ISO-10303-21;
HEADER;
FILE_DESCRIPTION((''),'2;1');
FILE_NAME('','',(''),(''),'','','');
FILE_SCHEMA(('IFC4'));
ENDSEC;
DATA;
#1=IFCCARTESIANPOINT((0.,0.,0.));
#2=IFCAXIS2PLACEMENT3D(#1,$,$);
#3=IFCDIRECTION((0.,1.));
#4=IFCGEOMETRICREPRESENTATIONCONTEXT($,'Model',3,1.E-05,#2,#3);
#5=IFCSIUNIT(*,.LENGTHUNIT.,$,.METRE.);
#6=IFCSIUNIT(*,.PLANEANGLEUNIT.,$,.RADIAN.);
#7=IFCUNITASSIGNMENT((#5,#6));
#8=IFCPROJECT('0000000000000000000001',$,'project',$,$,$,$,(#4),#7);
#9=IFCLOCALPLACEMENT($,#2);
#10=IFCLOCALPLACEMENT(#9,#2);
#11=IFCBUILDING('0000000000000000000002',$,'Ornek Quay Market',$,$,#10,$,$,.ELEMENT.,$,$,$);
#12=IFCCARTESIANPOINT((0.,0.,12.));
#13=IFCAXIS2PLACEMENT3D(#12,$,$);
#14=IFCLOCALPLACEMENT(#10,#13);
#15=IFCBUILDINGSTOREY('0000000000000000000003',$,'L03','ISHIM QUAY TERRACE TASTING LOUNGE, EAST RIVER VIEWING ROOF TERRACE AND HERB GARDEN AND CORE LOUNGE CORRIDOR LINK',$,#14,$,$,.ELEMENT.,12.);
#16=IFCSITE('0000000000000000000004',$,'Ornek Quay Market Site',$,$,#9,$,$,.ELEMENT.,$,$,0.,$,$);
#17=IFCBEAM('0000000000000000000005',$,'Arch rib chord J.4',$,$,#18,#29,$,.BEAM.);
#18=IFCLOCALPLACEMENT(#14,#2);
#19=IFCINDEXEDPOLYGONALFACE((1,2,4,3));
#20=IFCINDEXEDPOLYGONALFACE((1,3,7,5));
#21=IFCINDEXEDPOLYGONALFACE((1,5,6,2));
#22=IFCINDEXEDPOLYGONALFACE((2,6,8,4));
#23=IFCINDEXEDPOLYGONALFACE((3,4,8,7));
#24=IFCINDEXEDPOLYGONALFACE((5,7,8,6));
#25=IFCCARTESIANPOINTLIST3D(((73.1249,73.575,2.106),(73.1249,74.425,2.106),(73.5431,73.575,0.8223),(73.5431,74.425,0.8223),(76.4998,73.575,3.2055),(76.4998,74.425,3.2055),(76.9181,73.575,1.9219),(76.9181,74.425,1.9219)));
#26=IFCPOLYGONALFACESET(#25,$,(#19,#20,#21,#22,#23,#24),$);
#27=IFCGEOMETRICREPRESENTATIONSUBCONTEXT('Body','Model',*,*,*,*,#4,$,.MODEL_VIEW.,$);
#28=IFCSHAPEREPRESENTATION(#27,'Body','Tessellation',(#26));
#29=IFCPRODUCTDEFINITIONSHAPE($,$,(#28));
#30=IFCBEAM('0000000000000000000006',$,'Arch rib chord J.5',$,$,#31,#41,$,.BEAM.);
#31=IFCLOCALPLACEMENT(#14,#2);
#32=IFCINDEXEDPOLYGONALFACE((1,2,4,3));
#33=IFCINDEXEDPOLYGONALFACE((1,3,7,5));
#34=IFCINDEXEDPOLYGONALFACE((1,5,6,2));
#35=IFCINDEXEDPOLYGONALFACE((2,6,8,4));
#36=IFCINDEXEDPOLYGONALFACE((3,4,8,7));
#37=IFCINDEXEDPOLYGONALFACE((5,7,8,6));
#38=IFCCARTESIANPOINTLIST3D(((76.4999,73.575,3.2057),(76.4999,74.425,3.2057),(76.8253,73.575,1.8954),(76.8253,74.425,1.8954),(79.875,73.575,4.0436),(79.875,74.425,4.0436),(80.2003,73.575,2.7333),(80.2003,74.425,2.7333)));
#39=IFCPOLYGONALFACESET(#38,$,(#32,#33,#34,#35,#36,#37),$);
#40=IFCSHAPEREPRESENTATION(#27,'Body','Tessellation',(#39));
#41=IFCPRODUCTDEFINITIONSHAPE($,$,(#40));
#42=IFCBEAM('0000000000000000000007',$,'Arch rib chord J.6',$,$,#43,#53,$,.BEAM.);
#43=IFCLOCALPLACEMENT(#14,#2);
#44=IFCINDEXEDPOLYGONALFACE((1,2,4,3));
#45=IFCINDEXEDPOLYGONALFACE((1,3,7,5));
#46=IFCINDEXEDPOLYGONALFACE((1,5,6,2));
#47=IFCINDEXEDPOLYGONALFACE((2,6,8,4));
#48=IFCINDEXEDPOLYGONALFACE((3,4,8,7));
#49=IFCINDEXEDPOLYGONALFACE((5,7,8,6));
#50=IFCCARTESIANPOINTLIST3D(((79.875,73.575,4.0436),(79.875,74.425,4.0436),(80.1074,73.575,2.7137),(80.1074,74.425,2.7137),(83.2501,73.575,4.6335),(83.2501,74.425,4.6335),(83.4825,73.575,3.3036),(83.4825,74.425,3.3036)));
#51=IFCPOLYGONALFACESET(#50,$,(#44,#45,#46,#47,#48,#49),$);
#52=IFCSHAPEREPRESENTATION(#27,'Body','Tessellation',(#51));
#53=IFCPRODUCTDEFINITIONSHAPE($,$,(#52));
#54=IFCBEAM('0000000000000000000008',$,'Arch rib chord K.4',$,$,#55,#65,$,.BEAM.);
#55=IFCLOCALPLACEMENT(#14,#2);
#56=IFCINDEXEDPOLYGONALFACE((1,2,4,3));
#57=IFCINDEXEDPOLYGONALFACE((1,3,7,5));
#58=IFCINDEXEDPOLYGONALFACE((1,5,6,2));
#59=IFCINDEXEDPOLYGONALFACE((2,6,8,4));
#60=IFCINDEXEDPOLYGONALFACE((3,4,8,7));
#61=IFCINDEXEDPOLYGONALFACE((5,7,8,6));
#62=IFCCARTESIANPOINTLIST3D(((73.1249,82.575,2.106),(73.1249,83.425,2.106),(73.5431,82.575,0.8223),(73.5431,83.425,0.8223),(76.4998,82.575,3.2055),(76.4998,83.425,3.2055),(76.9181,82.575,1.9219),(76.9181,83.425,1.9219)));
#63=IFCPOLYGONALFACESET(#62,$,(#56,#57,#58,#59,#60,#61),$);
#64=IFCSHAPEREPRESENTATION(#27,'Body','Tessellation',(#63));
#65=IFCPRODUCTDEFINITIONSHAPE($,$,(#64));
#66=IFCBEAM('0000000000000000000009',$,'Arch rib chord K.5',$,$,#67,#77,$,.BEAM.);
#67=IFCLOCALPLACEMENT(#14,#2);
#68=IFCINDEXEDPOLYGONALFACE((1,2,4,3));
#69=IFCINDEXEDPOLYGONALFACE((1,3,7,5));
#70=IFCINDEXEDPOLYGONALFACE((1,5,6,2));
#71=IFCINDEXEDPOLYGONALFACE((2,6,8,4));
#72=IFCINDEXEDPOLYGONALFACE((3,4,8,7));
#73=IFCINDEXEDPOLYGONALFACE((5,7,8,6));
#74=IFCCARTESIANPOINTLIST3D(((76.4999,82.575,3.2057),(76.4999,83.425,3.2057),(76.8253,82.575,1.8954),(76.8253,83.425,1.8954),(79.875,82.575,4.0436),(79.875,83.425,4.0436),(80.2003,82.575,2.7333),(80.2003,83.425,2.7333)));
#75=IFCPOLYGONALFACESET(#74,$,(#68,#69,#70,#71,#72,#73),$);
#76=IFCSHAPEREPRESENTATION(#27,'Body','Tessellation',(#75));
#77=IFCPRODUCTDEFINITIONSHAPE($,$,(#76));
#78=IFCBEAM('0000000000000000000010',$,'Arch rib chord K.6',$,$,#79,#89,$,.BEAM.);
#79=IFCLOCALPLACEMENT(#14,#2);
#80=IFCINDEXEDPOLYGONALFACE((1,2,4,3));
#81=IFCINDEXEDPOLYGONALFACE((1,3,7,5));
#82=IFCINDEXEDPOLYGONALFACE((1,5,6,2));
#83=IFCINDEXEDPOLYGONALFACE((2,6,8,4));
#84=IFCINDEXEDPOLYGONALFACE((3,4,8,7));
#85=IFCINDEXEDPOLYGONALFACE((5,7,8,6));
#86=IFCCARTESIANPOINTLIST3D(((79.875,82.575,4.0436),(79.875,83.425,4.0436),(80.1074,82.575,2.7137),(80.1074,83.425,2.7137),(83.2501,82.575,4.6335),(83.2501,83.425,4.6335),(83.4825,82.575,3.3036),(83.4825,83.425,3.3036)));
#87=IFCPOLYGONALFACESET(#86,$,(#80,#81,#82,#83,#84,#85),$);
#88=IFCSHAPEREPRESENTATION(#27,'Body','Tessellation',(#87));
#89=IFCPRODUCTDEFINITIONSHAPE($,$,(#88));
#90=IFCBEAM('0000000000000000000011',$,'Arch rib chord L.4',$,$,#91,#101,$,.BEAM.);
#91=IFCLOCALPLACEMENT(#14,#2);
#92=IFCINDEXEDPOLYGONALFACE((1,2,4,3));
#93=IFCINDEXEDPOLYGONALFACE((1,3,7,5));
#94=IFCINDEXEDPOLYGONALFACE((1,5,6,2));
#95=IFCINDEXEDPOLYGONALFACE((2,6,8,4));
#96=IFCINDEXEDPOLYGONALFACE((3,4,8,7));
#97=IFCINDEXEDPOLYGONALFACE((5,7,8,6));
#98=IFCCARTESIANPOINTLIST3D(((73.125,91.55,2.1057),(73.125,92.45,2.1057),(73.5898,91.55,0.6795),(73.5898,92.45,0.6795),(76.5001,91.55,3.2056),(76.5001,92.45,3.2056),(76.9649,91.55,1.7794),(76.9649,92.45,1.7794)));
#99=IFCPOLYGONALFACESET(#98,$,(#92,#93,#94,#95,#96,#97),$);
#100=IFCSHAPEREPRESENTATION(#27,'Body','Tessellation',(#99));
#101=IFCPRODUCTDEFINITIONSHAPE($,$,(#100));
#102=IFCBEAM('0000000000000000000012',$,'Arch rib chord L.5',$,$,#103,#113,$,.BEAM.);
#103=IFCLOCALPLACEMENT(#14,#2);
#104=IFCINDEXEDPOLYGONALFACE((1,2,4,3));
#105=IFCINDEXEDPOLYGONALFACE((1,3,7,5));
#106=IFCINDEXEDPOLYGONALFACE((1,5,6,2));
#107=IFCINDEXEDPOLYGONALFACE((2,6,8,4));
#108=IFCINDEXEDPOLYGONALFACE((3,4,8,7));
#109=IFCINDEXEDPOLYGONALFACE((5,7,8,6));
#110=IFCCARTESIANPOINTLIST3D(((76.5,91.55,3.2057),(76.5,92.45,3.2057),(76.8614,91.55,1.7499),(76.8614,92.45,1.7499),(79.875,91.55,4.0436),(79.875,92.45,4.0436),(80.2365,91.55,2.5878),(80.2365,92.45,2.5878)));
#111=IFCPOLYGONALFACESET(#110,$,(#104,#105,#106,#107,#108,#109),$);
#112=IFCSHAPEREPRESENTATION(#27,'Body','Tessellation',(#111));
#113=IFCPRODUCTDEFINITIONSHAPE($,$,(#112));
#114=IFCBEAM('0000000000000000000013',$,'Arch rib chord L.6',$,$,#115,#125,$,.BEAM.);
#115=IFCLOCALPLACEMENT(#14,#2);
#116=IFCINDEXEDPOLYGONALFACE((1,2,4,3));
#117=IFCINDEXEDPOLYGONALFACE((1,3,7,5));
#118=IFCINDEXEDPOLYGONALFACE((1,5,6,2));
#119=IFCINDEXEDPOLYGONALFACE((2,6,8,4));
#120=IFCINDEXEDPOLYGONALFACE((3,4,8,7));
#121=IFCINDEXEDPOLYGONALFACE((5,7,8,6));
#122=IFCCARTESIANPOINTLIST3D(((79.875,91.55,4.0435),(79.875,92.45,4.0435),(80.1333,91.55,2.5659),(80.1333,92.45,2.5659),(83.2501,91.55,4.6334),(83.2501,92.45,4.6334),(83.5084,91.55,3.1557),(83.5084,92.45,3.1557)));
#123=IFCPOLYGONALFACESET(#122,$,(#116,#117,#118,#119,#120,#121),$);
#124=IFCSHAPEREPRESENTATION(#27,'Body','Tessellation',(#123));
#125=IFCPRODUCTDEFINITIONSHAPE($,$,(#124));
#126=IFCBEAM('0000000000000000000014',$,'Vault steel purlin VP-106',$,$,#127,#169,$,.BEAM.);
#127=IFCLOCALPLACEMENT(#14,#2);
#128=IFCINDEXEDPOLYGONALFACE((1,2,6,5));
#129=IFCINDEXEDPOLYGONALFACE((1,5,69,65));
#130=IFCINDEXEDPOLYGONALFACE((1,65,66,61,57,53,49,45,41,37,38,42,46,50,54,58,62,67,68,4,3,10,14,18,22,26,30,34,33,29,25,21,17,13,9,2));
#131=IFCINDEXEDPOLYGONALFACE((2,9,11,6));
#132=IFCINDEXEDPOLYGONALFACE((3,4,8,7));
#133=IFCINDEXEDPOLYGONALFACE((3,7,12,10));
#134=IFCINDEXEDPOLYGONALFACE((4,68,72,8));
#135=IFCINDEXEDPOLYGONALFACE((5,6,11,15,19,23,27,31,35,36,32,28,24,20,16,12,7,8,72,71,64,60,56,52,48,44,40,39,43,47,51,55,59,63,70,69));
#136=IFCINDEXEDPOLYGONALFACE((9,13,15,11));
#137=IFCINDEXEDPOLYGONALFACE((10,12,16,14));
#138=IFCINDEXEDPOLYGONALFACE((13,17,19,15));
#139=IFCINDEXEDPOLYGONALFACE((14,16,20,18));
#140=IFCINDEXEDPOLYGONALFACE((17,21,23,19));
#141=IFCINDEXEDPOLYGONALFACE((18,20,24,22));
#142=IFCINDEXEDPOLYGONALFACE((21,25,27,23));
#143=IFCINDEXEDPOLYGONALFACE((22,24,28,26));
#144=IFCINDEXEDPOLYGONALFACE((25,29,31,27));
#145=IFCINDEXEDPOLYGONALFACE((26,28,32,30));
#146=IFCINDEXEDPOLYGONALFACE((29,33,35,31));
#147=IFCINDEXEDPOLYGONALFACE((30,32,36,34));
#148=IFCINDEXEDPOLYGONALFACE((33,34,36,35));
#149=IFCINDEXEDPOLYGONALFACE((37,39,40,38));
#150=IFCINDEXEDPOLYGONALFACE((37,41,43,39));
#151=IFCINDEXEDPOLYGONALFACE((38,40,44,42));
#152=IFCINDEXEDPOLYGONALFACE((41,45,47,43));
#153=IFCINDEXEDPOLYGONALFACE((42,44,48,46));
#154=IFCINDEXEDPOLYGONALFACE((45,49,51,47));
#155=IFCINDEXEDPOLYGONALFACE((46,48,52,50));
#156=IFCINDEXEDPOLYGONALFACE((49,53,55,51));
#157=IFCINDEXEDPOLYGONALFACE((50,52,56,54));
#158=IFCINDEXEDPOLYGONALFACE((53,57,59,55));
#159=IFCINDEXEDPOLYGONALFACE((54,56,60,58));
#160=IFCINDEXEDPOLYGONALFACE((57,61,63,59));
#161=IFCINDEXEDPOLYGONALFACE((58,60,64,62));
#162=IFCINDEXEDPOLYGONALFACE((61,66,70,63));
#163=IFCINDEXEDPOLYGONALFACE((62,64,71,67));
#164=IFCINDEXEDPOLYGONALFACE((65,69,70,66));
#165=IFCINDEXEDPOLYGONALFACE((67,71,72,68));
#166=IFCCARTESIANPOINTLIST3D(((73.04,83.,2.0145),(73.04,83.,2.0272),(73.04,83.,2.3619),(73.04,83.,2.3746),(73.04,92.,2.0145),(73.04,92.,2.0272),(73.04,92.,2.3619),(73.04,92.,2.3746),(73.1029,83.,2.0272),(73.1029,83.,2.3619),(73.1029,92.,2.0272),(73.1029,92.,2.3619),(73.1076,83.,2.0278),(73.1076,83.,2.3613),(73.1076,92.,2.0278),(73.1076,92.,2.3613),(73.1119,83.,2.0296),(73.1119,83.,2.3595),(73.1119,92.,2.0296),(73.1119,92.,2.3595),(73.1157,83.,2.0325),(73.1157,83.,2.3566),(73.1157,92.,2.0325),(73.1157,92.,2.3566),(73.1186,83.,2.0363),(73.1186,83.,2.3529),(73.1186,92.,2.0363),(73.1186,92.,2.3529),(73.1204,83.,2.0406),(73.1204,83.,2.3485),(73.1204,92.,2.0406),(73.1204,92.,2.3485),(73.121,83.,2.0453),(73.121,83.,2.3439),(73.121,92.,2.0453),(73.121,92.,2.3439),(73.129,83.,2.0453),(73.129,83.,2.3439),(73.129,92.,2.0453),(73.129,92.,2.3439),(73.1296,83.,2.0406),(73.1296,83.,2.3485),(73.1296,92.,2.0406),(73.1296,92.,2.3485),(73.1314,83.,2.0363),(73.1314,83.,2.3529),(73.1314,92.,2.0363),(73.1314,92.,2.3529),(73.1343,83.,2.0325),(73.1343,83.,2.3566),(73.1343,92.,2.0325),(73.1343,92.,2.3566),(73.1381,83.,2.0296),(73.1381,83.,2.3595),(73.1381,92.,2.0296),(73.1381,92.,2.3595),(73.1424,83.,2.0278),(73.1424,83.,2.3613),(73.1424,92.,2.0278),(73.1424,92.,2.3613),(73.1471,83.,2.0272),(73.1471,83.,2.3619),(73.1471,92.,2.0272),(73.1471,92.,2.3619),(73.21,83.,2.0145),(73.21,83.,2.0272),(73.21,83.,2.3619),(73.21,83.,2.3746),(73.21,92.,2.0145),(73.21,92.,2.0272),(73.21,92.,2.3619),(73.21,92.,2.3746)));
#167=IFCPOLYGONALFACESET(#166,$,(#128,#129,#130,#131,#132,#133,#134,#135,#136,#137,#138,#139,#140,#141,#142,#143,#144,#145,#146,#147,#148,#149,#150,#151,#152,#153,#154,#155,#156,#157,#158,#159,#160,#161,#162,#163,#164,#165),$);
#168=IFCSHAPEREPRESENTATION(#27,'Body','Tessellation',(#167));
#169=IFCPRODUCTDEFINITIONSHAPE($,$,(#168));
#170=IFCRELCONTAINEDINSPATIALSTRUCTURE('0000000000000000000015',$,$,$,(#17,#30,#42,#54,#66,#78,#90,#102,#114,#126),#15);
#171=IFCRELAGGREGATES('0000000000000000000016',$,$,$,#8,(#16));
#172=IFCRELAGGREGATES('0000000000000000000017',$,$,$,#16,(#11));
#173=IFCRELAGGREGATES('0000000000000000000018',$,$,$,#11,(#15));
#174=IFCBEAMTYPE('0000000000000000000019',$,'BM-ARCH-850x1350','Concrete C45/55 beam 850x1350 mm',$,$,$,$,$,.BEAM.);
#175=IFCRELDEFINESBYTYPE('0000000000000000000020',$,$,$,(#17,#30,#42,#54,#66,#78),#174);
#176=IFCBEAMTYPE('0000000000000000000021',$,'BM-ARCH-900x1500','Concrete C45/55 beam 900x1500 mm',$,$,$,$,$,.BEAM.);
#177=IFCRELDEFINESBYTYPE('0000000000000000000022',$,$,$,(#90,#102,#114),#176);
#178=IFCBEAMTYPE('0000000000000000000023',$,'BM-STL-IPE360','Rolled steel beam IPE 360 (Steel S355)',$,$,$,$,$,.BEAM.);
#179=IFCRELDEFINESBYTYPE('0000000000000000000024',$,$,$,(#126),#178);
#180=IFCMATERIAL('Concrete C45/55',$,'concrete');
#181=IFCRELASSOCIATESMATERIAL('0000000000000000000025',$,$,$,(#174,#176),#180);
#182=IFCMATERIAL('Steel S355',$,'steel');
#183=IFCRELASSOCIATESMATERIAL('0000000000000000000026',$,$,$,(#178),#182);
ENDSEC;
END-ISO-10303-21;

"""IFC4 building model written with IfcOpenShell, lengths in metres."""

from ifc_helpers import new_model, si_unit, direction, frame, origin, origin_2d, place, context, subcontext, project, spatial, rectangle, i_section, extrude, material, material_profile, profile_set, type_object, element, save


model = new_model("IFC4")

# Units and contexts
model_context = context("Model", 3, precision=1e-05, world=origin(), true_north=direction((0.0, 1.0)))
body_context = subcontext(model_context, "Body", "Model", "MODEL_VIEW")
ifc_project = project(units=[si_unit("LENGTHUNIT", "METRE"), si_unit("PLANEANGLEUNIT", "RADIAN")], contexts=[model_context])

# Site, building, storey
site_placement = place(None, origin())
site = spatial("IfcSite", under=ifc_project, at=site_placement, Name="Ornek Quay Market Site", CompositionType="ELEMENT", RefElevation=0.0)
building_placement = place(site_placement, origin())
building = spatial("IfcBuilding", under=site, at=building_placement, Name="Ornek Quay Market", CompositionType="ELEMENT")
storey_placement = place(building_placement, frame((0.0, 0.0, 12.0)))
storey = spatial("IfcBuildingStorey", under=building, at=storey_placement, Name="L03", Description="ISHIM QUAY TERRACE TASTING LOUNGE, EAST RIVER VIEWING ROOF TERRACE AND HERB GARDEN AND CORE LOUNGE CORRIDOR LINK", CompositionType="ELEMENT", Elevation=12.0)

# Beams
ifc_material_1 = material(Name="Concrete C45/55", Category="concrete")
ifc_material_profile_1 = material_profile(ifc_material_1, rectangle(XDim=0.8501, YDim=1.3501, at=origin_2d()), Name="RC 850x1350", Category="concrete")
ifc_profile_set_1 = profile_set([ifc_material_profile_1], Name="Concrete C45/55")
beam_type_1 = type_object("IfcBeamType", Name="BM-ARCH-850x1350", Description="Concrete C45/55 beam 850x1350 mm", PredefinedType="BEAM", material=ifc_profile_set_1)
beam_1_placement = place(storey_placement, frame((73.334, 74.0, 1.4641), z_axis=(0.950807, 0.0, 0.309783), x_axis=(0.0, 1.0, 0.0)))
element("IfcBeam", 1, at=beam_1_placement, inside=storey, type_object=beam_type_1, Name="Arch rib chord J.4", PredefinedType="BEAM", context=body_context, shape_type="SweptSolid", body=[
    extrude(rectangle(XDim=0.8501, YDim=1.3501, at=origin_2d()), origin(), (0.0, 0.0, 1.0), 3.5496),
])
beam_2_placement = place(storey_placement, frame((76.6626, 74.0, 2.5505), z_axis=(0.970538, 0.0, 0.240949), x_axis=(0.0, 1.0, 0.0)))
element("IfcBeam", 2, at=beam_2_placement, inside=storey, type_object=beam_type_1, Name="Arch rib chord J.5", PredefinedType="BEAM", context=body_context, shape_type="SweptSolid", body=[
    extrude(rectangle(XDim=0.8501, YDim=1.3501, at=origin_2d()), origin(), (0.0, 0.0, 1.0), 3.4775),
])
beam_3_placement = place(storey_placement, frame((79.9912, 74.0, 3.3787), z_axis=(0.985069, 0.0, 0.172159), x_axis=(0.0, 1.0, 0.0)))
element("IfcBeam", 3, at=beam_3_placement, inside=storey, type_object=beam_type_1, Name="Arch rib chord J.6", PredefinedType="BEAM", context=body_context, shape_type="SweptSolid", body=[
    extrude(rectangle(XDim=0.8501, YDim=1.3501, at=origin_2d()), origin(), (0.0, 0.0, 1.0), 3.4263),
])
beam_4_placement = place(storey_placement, frame((73.334, 83.0, 1.4641), z_axis=(0.950807, 0.0, 0.309783), x_axis=(0.0, 1.0, 0.0)))
element("IfcBeam", 4, at=beam_4_placement, inside=storey, type_object=beam_type_1, Name="Arch rib chord K.4", PredefinedType="BEAM", context=body_context, shape_type="SweptSolid", body=[
    extrude(rectangle(XDim=0.8501, YDim=1.3501, at=origin_2d()), origin(), (0.0, 0.0, 1.0), 3.5496),
])
beam_5_placement = place(storey_placement, frame((76.6626, 83.0, 2.5505), z_axis=(0.970538, 0.0, 0.240949), x_axis=(0.0, 1.0, 0.0)))
element("IfcBeam", 5, at=beam_5_placement, inside=storey, type_object=beam_type_1, Name="Arch rib chord K.5", PredefinedType="BEAM", context=body_context, shape_type="SweptSolid", body=[
    extrude(rectangle(XDim=0.8501, YDim=1.3501, at=origin_2d()), origin(), (0.0, 0.0, 1.0), 3.4775),
])
beam_6_placement = place(storey_placement, frame((79.9912, 83.0, 3.3787), z_axis=(0.985069, 0.0, 0.172159), x_axis=(0.0, 1.0, 0.0)))
element("IfcBeam", 6, at=beam_6_placement, inside=storey, type_object=beam_type_1, Name="Arch rib chord K.6", PredefinedType="BEAM", context=body_context, shape_type="SweptSolid", body=[
    extrude(rectangle(XDim=0.8501, YDim=1.3501, at=origin_2d()), origin(), (0.0, 0.0, 1.0), 3.4263),
])
ifc_material_profile_2 = material_profile(ifc_material_1, rectangle(XDim=0.8999, YDim=1.5, at=origin_2d()), Name="RC 900x1500", Category="concrete")
ifc_profile_set_2 = profile_set([ifc_material_profile_2], Name="Concrete C45/55")
beam_type_2 = type_object("IfcBeamType", Name="BM-ARCH-900x1500", Description="Concrete C45/55 beam 900x1500 mm", PredefinedType="BEAM", material=ifc_profile_set_2)
beam_7_placement = place(storey_placement, frame((73.3574, 92.0, 1.3926), z_axis=(0.950787, 0.0, 0.309845), x_axis=(0.0, 1.0, 0.0)))
element("IfcBeam", 7, at=beam_7_placement, inside=storey, type_object=beam_type_2, Name="Arch rib chord L.4", PredefinedType="BEAM", context=body_context, shape_type="SweptSolid", body=[
    extrude(rectangle(XDim=0.8999, YDim=1.5, at=origin_2d()), origin(), (0.0, 0.0, 1.0), 3.5498),
])
beam_8_placement = place(storey_placement, frame((76.6807, 92.0, 2.4778), z_axis=(0.970538, 0.0, 0.240949), x_axis=(0.0, 1.0, 0.0)))
element("IfcBeam", 8, at=beam_8_placement, inside=storey, type_object=beam_type_2, Name="Arch rib chord L.5", PredefinedType="BEAM", context=body_context, shape_type="SweptSolid", body=[
    extrude(rectangle(XDim=0.8999, YDim=1.5, at=origin_2d()), origin(), (0.0, 0.0, 1.0), 3.4775),
])
beam_9_placement = place(storey_placement, frame((80.0042, 92.0, 3.3047), z_axis=(0.985069, 0.0, 0.172159), x_axis=(0.0, 1.0, 0.0)))
element("IfcBeam", 9, at=beam_9_placement, inside=storey, type_object=beam_type_2, Name="Arch rib chord L.6", PredefinedType="BEAM", context=body_context, shape_type="SweptSolid", body=[
    extrude(rectangle(XDim=0.8999, YDim=1.5, at=origin_2d()), origin(), (0.0, 0.0, 1.0), 3.4263),
])
ifc_material_2 = material(Name="Steel S355", Category="steel")
ifc_material_profile_3 = material_profile(ifc_material_2, i_section(OverallWidth=0.1699, OverallDepth=0.3601, WebThickness=0.0081, FlangeThickness=0.0127, FilletRadius=0.0181, at=origin_2d()), Name="IPE 360", Category="steel")
ifc_profile_set_3 = profile_set([ifc_material_profile_3], Name="Steel S355")
beam_type_3 = type_object("IfcBeamType", Name="BM-STL-IPE360", Description="Rolled steel beam IPE 360 (Steel S355)", PredefinedType="BEAM", material=ifc_profile_set_3)
beam_10_placement = place(storey_placement, frame((73.125, 83.0, 2.1946), z_axis=(0.0, 1.0, 0.0), x_axis=(-1.0, 0.0, 0.0)))
element("IfcBeam", 10, at=beam_10_placement, inside=storey, type_object=beam_type_3, Name="Vault steel purlin VP-106", PredefinedType="BEAM", context=body_context, shape_type="SweptSolid", body=[
    extrude(i_section(OverallWidth=0.1699, OverallDepth=0.3601, WebThickness=0.0081, FlangeThickness=0.0127, FilletRadius=0.0181, at=origin_2d()), origin(), (0.0, 0.0, 1.0), 9.0),
])

save(model, "model.ifc")
